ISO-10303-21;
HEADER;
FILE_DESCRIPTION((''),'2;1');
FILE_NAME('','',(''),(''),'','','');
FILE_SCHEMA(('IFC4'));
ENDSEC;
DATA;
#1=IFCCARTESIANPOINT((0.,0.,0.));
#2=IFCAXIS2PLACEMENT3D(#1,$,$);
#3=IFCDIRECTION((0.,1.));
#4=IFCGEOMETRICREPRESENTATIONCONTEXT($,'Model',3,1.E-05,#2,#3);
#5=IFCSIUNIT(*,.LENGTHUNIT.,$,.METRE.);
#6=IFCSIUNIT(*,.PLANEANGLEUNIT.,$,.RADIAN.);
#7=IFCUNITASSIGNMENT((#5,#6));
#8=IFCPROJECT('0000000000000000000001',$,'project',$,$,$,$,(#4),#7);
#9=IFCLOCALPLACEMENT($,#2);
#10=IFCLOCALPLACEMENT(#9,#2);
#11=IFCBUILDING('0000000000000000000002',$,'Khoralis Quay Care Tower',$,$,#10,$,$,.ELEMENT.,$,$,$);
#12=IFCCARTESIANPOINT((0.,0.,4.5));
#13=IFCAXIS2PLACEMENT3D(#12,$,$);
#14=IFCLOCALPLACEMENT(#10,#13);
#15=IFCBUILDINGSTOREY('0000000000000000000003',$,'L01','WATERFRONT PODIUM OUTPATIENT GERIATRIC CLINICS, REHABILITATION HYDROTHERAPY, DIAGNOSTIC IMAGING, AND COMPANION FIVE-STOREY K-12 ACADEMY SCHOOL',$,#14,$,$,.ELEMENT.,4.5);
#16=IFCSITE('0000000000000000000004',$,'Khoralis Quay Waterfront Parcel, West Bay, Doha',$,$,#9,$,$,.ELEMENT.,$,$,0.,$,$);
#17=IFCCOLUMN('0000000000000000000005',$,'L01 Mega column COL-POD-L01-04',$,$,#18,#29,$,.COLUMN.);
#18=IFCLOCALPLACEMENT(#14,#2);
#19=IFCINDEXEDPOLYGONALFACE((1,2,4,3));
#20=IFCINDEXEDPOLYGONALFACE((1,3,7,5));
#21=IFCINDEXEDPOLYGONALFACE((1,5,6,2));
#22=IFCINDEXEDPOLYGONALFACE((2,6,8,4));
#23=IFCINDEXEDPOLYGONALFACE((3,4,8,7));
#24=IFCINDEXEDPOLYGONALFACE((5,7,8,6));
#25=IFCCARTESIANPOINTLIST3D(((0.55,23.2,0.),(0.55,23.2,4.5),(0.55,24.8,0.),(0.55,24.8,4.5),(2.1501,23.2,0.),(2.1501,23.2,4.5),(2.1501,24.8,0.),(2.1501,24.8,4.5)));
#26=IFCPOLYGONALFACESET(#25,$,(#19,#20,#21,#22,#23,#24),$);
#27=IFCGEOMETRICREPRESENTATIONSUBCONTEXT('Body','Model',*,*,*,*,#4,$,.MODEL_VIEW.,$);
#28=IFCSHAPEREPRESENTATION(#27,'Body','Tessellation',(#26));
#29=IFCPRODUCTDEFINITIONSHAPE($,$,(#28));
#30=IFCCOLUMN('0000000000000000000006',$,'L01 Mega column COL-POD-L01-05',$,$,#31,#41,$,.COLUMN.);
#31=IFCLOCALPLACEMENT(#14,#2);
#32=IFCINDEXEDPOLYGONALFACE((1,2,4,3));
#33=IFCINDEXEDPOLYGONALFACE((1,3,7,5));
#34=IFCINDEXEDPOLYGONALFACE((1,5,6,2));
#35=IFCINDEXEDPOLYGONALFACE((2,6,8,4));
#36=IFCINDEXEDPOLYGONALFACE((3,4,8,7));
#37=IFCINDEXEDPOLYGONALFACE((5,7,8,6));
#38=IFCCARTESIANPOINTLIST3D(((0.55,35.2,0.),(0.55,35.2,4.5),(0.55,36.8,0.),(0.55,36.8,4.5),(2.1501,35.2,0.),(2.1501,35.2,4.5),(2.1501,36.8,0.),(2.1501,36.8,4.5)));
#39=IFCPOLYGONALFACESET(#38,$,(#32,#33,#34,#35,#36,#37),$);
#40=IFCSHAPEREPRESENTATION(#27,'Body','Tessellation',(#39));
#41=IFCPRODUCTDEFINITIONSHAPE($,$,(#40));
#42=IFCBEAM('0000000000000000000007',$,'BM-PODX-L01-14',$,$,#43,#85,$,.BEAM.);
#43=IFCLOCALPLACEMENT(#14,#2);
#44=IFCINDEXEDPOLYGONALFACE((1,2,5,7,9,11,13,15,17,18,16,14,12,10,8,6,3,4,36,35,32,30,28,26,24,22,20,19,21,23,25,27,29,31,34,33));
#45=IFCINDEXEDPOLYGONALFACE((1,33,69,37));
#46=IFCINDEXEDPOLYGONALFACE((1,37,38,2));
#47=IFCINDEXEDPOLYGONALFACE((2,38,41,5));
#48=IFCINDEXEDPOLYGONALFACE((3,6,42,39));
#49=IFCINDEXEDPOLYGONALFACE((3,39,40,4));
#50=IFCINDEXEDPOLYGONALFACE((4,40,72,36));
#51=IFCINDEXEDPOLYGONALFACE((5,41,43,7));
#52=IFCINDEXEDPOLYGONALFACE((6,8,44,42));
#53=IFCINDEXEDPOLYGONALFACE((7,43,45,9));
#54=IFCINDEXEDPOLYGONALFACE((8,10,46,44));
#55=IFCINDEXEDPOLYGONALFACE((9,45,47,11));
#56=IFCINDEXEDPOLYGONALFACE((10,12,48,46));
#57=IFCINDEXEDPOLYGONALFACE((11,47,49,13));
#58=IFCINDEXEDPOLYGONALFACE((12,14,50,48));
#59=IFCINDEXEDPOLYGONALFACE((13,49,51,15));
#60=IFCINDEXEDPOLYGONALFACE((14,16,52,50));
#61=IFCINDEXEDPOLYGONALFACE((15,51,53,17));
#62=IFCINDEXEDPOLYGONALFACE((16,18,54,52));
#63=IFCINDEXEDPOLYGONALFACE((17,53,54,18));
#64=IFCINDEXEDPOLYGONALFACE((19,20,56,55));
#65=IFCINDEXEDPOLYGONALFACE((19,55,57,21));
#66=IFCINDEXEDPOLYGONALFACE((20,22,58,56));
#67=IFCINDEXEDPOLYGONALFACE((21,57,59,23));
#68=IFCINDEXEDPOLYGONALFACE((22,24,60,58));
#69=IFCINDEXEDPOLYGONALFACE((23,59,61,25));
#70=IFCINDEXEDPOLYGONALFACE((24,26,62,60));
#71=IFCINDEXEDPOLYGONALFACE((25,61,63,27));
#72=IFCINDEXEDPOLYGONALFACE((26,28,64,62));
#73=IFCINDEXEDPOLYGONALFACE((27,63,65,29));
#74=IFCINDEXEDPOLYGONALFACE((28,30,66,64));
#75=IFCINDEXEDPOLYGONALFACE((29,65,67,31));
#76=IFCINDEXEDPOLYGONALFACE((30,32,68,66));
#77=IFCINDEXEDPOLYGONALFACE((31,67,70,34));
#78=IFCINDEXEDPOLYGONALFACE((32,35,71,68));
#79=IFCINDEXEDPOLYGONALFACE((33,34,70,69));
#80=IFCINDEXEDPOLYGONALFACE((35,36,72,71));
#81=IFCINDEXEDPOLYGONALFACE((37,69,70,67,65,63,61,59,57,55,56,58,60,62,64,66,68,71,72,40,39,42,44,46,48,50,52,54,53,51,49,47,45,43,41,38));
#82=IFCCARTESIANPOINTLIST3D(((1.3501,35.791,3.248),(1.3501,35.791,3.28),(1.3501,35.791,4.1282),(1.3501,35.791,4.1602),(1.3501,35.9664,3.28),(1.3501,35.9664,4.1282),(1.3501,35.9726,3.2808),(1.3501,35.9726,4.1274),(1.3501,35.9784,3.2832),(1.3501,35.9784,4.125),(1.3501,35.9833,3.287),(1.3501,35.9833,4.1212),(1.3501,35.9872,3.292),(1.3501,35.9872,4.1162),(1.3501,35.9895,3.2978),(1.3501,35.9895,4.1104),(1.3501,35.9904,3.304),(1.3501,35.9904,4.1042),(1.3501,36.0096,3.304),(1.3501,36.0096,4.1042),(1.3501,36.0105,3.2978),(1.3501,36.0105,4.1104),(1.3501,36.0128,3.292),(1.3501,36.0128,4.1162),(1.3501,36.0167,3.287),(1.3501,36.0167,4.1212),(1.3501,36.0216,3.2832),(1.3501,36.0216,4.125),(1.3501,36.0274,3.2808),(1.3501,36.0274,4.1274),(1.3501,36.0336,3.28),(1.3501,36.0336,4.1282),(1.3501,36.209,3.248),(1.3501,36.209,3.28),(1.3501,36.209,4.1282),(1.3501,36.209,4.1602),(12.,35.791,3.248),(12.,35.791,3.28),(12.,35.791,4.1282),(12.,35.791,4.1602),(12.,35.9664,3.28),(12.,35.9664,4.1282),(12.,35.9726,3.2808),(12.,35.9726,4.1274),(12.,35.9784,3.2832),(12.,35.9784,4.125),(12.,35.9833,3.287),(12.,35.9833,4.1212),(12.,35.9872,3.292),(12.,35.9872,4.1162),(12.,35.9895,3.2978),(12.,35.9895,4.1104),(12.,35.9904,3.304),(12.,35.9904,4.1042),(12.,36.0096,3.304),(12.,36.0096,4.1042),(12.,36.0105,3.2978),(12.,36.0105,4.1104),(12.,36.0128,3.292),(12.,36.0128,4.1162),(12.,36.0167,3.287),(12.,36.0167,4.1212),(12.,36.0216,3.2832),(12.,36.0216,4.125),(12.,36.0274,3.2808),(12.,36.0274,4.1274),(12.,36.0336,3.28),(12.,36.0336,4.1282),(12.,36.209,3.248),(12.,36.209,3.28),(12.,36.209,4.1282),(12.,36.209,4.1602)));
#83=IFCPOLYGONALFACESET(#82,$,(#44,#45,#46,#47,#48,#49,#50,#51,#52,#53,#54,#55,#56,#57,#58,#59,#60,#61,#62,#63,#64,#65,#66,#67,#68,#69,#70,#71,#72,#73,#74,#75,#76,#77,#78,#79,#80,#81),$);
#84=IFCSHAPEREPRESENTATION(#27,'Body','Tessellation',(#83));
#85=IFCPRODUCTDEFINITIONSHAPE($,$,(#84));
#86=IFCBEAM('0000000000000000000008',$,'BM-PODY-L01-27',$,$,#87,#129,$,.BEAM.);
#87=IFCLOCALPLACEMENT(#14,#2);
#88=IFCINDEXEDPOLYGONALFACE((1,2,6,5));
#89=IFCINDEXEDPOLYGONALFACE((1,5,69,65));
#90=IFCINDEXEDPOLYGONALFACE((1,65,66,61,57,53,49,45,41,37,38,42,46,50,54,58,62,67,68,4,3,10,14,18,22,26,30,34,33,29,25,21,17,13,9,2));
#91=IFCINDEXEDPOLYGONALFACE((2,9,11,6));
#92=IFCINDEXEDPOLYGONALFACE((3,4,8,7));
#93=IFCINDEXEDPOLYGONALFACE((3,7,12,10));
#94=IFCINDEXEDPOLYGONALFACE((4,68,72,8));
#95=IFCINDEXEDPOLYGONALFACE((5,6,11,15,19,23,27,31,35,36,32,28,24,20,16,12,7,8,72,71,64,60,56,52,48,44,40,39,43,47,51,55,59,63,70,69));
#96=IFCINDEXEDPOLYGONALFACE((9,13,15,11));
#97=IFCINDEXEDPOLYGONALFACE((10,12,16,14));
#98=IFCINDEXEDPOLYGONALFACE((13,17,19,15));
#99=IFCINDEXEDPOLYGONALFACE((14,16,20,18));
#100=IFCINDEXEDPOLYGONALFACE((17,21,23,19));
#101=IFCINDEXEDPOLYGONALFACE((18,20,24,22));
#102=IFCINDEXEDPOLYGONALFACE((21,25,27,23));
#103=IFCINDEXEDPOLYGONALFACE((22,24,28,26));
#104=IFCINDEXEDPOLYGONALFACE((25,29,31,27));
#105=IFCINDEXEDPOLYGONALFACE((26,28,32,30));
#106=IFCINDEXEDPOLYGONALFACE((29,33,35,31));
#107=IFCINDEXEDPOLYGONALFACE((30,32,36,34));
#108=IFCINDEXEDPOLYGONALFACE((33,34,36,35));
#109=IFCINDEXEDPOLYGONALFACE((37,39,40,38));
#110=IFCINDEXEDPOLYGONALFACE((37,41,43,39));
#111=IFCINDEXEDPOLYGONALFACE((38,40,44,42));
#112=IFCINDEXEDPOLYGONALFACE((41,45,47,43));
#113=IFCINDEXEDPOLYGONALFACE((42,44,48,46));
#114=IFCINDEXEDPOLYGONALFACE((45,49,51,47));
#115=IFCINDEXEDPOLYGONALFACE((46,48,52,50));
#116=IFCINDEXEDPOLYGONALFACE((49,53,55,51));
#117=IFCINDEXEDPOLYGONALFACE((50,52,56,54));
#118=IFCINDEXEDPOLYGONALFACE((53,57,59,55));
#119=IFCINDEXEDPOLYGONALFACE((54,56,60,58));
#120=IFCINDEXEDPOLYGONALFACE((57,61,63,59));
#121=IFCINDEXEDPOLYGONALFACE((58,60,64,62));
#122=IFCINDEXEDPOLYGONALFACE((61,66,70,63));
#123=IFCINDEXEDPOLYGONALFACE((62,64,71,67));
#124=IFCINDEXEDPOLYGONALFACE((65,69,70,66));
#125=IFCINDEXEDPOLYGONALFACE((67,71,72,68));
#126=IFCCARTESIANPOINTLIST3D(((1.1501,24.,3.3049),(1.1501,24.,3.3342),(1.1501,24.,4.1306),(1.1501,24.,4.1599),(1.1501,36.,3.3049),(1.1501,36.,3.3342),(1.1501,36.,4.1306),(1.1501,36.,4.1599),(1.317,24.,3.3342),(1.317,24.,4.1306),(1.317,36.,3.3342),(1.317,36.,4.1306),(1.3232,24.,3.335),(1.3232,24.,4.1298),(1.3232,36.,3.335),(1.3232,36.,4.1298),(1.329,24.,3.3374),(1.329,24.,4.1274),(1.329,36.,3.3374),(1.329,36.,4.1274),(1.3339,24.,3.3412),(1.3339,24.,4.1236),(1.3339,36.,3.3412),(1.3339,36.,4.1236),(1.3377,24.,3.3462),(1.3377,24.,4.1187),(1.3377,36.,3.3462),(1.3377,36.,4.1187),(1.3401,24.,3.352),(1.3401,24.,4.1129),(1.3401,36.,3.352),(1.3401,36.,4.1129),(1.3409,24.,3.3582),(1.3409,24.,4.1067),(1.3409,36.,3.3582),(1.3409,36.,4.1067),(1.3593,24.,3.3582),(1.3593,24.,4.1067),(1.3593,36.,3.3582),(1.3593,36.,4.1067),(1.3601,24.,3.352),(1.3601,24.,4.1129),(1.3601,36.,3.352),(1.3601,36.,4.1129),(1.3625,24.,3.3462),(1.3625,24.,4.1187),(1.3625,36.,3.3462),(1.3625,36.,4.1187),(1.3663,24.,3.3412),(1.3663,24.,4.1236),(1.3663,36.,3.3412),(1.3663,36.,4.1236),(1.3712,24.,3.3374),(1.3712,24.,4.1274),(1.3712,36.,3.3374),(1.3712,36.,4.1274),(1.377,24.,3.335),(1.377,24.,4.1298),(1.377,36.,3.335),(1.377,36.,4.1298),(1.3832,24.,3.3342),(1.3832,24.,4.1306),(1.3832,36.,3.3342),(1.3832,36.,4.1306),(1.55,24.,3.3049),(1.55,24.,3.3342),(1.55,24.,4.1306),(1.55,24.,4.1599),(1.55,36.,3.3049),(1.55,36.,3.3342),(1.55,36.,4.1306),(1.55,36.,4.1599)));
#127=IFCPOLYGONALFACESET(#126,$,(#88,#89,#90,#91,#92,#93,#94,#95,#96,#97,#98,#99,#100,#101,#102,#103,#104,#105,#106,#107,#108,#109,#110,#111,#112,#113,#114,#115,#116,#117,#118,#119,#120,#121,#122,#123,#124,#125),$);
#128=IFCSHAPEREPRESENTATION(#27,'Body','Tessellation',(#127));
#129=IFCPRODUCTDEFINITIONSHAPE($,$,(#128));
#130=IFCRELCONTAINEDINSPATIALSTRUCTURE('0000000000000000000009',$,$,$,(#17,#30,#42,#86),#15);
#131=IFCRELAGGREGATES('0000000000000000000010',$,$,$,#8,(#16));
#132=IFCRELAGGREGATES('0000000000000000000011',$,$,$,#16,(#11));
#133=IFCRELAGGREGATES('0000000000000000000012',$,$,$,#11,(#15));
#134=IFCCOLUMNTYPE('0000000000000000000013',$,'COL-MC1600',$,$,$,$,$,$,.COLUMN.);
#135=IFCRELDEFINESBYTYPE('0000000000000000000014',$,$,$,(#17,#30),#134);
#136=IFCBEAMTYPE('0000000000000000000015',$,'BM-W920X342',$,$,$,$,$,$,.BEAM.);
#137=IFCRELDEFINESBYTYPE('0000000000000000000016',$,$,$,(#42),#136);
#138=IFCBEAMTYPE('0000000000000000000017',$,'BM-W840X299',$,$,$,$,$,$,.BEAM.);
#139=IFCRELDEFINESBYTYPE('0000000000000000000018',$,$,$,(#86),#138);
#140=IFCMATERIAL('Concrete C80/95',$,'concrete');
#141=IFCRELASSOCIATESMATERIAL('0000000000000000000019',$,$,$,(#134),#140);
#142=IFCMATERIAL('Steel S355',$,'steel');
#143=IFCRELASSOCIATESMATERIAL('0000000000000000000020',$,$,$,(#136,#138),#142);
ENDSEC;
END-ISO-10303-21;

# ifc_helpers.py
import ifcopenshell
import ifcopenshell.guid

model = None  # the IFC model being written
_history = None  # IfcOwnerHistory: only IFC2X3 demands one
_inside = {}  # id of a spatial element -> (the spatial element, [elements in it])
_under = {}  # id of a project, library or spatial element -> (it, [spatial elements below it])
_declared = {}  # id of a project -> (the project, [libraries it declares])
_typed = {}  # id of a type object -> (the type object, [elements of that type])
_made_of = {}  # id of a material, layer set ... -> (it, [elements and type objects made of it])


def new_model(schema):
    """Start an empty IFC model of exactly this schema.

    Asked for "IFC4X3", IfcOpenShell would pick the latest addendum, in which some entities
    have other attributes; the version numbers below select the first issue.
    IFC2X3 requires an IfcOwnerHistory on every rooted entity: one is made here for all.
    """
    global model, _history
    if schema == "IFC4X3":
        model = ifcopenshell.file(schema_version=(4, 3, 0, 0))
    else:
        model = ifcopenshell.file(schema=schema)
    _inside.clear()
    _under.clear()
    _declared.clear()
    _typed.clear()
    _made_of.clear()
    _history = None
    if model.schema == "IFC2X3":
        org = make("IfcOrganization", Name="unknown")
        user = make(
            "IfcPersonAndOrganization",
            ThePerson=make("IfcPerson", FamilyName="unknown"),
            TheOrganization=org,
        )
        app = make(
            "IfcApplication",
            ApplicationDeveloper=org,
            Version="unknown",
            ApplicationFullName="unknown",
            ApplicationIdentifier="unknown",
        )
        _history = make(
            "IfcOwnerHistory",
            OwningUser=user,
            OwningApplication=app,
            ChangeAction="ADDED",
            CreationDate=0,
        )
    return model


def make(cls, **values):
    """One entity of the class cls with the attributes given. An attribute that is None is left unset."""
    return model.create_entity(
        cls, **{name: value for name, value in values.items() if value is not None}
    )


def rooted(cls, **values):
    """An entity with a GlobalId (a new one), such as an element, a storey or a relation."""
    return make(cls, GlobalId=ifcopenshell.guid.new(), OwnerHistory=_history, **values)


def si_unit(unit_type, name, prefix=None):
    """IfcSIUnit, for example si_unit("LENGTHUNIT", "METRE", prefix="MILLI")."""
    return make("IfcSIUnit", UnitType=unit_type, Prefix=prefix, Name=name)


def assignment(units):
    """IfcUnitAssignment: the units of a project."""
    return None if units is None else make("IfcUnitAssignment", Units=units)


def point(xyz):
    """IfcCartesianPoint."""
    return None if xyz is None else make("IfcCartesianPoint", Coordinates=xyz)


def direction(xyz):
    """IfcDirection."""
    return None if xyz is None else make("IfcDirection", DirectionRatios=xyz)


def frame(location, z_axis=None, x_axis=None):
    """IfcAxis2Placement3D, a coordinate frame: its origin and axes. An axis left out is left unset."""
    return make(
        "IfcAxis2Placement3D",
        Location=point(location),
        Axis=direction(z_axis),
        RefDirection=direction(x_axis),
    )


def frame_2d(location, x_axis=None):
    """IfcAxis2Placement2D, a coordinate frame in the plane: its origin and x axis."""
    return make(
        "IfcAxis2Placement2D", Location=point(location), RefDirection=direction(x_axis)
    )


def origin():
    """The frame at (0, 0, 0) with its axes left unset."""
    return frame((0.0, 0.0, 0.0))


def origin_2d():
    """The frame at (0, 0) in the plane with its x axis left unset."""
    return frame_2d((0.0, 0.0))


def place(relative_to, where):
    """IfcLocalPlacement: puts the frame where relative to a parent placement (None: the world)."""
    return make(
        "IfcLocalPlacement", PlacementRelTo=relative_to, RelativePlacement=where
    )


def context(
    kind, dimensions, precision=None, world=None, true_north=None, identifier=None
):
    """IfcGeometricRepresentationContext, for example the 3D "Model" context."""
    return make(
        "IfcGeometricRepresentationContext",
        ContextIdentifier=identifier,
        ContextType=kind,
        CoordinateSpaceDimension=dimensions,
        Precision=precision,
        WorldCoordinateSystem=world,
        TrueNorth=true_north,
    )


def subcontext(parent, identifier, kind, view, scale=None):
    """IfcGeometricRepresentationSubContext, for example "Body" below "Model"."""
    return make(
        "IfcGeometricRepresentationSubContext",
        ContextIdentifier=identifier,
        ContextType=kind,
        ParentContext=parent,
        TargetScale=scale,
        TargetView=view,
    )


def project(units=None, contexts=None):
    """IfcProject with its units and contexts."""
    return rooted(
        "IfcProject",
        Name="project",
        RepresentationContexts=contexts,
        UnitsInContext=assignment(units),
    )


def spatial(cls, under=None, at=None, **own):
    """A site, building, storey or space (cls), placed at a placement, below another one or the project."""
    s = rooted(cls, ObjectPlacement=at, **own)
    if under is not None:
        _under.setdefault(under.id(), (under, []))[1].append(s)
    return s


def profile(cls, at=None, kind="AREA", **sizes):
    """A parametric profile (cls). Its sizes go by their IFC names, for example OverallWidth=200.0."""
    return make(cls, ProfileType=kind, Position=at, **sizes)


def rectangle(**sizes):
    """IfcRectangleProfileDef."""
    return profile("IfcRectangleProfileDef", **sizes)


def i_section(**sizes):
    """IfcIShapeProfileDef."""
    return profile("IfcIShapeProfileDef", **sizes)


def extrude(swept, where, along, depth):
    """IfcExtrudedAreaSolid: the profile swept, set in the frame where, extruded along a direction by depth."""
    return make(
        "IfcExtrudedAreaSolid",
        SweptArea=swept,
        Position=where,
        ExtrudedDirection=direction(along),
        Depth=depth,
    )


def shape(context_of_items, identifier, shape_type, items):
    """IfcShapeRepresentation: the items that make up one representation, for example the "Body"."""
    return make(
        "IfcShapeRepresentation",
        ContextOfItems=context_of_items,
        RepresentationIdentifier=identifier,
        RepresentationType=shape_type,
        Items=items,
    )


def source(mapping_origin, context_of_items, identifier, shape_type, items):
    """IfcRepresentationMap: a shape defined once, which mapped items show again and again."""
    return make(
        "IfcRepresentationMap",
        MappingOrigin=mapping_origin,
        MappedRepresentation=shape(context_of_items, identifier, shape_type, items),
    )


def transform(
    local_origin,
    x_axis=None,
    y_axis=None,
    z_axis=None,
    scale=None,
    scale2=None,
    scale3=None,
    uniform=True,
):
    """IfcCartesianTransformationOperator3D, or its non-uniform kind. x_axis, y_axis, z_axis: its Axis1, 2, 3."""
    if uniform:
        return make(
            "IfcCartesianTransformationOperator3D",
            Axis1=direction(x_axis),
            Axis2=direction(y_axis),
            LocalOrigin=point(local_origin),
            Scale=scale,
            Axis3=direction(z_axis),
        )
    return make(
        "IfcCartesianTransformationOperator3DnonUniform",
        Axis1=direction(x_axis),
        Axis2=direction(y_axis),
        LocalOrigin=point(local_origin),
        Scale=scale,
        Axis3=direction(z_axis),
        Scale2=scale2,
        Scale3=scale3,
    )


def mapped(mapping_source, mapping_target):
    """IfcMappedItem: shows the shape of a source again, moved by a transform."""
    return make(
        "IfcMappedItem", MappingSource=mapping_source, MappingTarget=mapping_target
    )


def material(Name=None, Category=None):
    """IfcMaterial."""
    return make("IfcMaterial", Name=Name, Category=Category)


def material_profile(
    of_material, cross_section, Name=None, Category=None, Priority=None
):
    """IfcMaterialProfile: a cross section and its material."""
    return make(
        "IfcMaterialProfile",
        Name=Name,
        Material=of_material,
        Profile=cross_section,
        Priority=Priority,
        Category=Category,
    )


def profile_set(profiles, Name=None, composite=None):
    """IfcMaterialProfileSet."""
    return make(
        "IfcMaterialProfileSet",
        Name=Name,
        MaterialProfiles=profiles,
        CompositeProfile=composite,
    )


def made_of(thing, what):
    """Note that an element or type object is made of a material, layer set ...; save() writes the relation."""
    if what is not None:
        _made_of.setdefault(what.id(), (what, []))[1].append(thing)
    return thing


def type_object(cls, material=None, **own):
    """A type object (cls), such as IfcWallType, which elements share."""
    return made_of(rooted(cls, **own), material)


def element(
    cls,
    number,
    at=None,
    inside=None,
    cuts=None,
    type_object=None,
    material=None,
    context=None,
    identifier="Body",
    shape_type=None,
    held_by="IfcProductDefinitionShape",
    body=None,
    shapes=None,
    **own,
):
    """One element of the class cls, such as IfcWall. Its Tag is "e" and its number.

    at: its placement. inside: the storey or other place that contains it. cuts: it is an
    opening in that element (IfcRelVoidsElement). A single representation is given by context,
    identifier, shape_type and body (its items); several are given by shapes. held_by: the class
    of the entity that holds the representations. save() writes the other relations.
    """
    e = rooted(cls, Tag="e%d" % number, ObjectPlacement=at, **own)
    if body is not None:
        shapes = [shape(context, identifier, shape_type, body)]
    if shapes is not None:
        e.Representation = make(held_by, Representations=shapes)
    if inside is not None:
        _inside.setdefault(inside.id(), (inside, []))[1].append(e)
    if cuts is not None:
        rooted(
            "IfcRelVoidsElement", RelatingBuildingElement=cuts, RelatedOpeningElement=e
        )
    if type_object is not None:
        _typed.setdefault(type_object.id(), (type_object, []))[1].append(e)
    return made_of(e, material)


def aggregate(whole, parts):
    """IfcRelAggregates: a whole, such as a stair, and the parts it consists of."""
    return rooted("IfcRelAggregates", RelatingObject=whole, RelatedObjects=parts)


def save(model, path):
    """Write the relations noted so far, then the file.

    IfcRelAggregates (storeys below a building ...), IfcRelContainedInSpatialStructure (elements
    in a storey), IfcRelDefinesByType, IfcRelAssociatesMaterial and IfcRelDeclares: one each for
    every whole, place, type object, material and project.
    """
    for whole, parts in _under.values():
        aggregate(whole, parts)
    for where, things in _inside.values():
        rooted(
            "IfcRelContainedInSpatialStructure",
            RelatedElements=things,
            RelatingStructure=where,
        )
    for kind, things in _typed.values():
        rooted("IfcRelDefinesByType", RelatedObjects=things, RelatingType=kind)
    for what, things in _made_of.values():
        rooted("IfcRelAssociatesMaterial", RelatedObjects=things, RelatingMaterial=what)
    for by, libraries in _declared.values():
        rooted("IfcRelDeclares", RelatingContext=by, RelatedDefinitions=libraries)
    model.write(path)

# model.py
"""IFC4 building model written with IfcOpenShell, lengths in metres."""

from ifc_helpers import new_model, si_unit, direction, frame, origin, origin_2d, place, context, subcontext, project, spatial, rectangle, i_section, extrude, source, transform, mapped, material, material_profile, profile_set, type_object, element, save


model = new_model("IFC4")

# Units and contexts
model_context = context("Model", 3, precision=1e-05, world=origin(), true_north=direction((0.0, 1.0)))
body_context = subcontext(model_context, "Body", "Model", "MODEL_VIEW")
ifc_project = project(units=[si_unit("LENGTHUNIT", "METRE"), si_unit("PLANEANGLEUNIT", "RADIAN")], contexts=[model_context])

# Site, building, storey
site_placement = place(None, origin())
site = spatial("IfcSite", under=ifc_project, at=site_placement, Name="Khoralis Quay Waterfront Parcel, West Bay, Doha", CompositionType="ELEMENT", RefElevation=0.0)
building_placement = place(site_placement, origin())
building = spatial("IfcBuilding", under=site, at=building_placement, Name="Khoralis Quay Care Tower", CompositionType="ELEMENT")
storey_placement = place(building_placement, frame((0.0, 0.0, 4.5)))
storey = spatial("IfcBuildingStorey", under=building, at=storey_placement, Name="L01", Description="WATERFRONT PODIUM OUTPATIENT GERIATRIC CLINICS, REHABILITATION HYDROTHERAPY, DIAGNOSTIC IMAGING, AND COMPANION FIVE-STOREY K-12 ACADEMY SCHOOL", CompositionType="ELEMENT", Elevation=4.5)

# Columns
ifc_material_1 = material(Name="Concrete C80/95", Category="concrete")
ifc_material_profile_1 = material_profile(ifc_material_1, rectangle(XDim=1.6001, YDim=1.6001, at=origin_2d()), Name="Concrete C80/95")
ifc_profile_set_1 = profile_set([ifc_material_profile_1], Name="Concrete C80/95")
column_type = type_object("IfcColumnType", Name="COL-MC1600", PredefinedType="COLUMN", material=ifc_profile_set_1)
shared_shape_1 = source(origin(), body_context, "Body", "SweptSolid", [
    extrude(rectangle(XDim=1.6001, YDim=1.6001, at=origin_2d()), origin(), (0.0, 0.0, 1.0), 4.5),
])
for number, where, z_axis, x_axis, name in (
    (1, (1.3501, 24.0, 0.0), (0.0, 0.0, 1.0), (1.0, 0.0, 0.0), "L01 Mega column COL-POD-L01-04"),
    (2, (1.3501, 36.0, 0.0), (0.0, 0.0, 1.0), (1.0, 0.0, 0.0), "L01 Mega column COL-POD-L01-05"),
):
    element("IfcColumn", number, at=place(storey_placement, frame(where, z_axis=z_axis, x_axis=x_axis)), inside=storey, type_object=column_type, Name=name, PredefinedType="COLUMN", context=body_context, shape_type="MappedRepresentation", body=[
        mapped(shared_shape_1, transform((0.0, 0.0, 0.0), scale=1.0)),
    ])

# Beams
ifc_material_2 = material(Name="Steel S355", Category="steel")
ifc_material_profile_2 = material_profile(ifc_material_2, i_section(OverallWidth=0.418, OverallDepth=0.9121, WebThickness=0.0193, FlangeThickness=0.032, FilletRadius=0.0239, at=origin_2d()), Name="Steel S355")
ifc_profile_set_2 = profile_set([ifc_material_profile_2], Name="Steel S355")
beam_type_1 = type_object("IfcBeamType", Name="BM-W920X342", PredefinedType="BEAM", material=ifc_profile_set_2)
shared_shape_2 = source(origin(), body_context, "Body", "SweptSolid", [
    extrude(i_section(OverallWidth=0.418, OverallDepth=0.9121, WebThickness=0.0193, FlangeThickness=0.032, FilletRadius=0.0239, at=origin_2d()), origin(), (0.0, 0.0, 1.0), 10.6499),
])
beam_1_placement = place(storey_placement, frame((1.3501, 36.0, 3.7041), z_axis=(1.0, 0.0, 0.0), x_axis=(0.0, 1.0, 0.0)))
element("IfcBeam", 3, at=beam_1_placement, inside=storey, type_object=beam_type_1, Name="BM-PODX-L01-14", PredefinedType="BEAM", context=body_context, shape_type="MappedRepresentation", body=[
    mapped(shared_shape_2, transform((0.0, 0.0, 0.0), scale=1.0)),
])
ifc_material_profile_3 = material_profile(ifc_material_2, i_section(OverallWidth=0.3999, OverallDepth=0.855, WebThickness=0.0183, FlangeThickness=0.0293, FilletRadius=0.0239, at=origin_2d()), Name="Steel S355")
ifc_profile_set_3 = profile_set([ifc_material_profile_3], Name="Steel S355")
beam_type_2 = type_object("IfcBeamType", Name="BM-W840X299", PredefinedType="BEAM", material=ifc_profile_set_3)
shared_shape_3 = source(origin(), body_context, "Body", "SweptSolid", [
    extrude(i_section(OverallWidth=0.3999, OverallDepth=0.855, WebThickness=0.0183, FlangeThickness=0.0293, FilletRadius=0.0239, at=origin_2d()), origin(), (0.0, 0.0, 1.0), 12.0),
])
beam_2_placement = place(storey_placement, frame((1.3501, 24.0, 3.7324), z_axis=(0.0, 1.0, 0.0), x_axis=(-1.0, 0.0, 0.0)))
element("IfcBeam", 4, at=beam_2_placement, inside=storey, type_object=beam_type_2, Name="BM-PODY-L01-27", PredefinedType="BEAM", context=body_context, shape_type="MappedRepresentation", body=[
    mapped(shared_shape_3, transform((0.0, 0.0, 0.0), scale=1.0)),
])

save(model, "model.ifc")
